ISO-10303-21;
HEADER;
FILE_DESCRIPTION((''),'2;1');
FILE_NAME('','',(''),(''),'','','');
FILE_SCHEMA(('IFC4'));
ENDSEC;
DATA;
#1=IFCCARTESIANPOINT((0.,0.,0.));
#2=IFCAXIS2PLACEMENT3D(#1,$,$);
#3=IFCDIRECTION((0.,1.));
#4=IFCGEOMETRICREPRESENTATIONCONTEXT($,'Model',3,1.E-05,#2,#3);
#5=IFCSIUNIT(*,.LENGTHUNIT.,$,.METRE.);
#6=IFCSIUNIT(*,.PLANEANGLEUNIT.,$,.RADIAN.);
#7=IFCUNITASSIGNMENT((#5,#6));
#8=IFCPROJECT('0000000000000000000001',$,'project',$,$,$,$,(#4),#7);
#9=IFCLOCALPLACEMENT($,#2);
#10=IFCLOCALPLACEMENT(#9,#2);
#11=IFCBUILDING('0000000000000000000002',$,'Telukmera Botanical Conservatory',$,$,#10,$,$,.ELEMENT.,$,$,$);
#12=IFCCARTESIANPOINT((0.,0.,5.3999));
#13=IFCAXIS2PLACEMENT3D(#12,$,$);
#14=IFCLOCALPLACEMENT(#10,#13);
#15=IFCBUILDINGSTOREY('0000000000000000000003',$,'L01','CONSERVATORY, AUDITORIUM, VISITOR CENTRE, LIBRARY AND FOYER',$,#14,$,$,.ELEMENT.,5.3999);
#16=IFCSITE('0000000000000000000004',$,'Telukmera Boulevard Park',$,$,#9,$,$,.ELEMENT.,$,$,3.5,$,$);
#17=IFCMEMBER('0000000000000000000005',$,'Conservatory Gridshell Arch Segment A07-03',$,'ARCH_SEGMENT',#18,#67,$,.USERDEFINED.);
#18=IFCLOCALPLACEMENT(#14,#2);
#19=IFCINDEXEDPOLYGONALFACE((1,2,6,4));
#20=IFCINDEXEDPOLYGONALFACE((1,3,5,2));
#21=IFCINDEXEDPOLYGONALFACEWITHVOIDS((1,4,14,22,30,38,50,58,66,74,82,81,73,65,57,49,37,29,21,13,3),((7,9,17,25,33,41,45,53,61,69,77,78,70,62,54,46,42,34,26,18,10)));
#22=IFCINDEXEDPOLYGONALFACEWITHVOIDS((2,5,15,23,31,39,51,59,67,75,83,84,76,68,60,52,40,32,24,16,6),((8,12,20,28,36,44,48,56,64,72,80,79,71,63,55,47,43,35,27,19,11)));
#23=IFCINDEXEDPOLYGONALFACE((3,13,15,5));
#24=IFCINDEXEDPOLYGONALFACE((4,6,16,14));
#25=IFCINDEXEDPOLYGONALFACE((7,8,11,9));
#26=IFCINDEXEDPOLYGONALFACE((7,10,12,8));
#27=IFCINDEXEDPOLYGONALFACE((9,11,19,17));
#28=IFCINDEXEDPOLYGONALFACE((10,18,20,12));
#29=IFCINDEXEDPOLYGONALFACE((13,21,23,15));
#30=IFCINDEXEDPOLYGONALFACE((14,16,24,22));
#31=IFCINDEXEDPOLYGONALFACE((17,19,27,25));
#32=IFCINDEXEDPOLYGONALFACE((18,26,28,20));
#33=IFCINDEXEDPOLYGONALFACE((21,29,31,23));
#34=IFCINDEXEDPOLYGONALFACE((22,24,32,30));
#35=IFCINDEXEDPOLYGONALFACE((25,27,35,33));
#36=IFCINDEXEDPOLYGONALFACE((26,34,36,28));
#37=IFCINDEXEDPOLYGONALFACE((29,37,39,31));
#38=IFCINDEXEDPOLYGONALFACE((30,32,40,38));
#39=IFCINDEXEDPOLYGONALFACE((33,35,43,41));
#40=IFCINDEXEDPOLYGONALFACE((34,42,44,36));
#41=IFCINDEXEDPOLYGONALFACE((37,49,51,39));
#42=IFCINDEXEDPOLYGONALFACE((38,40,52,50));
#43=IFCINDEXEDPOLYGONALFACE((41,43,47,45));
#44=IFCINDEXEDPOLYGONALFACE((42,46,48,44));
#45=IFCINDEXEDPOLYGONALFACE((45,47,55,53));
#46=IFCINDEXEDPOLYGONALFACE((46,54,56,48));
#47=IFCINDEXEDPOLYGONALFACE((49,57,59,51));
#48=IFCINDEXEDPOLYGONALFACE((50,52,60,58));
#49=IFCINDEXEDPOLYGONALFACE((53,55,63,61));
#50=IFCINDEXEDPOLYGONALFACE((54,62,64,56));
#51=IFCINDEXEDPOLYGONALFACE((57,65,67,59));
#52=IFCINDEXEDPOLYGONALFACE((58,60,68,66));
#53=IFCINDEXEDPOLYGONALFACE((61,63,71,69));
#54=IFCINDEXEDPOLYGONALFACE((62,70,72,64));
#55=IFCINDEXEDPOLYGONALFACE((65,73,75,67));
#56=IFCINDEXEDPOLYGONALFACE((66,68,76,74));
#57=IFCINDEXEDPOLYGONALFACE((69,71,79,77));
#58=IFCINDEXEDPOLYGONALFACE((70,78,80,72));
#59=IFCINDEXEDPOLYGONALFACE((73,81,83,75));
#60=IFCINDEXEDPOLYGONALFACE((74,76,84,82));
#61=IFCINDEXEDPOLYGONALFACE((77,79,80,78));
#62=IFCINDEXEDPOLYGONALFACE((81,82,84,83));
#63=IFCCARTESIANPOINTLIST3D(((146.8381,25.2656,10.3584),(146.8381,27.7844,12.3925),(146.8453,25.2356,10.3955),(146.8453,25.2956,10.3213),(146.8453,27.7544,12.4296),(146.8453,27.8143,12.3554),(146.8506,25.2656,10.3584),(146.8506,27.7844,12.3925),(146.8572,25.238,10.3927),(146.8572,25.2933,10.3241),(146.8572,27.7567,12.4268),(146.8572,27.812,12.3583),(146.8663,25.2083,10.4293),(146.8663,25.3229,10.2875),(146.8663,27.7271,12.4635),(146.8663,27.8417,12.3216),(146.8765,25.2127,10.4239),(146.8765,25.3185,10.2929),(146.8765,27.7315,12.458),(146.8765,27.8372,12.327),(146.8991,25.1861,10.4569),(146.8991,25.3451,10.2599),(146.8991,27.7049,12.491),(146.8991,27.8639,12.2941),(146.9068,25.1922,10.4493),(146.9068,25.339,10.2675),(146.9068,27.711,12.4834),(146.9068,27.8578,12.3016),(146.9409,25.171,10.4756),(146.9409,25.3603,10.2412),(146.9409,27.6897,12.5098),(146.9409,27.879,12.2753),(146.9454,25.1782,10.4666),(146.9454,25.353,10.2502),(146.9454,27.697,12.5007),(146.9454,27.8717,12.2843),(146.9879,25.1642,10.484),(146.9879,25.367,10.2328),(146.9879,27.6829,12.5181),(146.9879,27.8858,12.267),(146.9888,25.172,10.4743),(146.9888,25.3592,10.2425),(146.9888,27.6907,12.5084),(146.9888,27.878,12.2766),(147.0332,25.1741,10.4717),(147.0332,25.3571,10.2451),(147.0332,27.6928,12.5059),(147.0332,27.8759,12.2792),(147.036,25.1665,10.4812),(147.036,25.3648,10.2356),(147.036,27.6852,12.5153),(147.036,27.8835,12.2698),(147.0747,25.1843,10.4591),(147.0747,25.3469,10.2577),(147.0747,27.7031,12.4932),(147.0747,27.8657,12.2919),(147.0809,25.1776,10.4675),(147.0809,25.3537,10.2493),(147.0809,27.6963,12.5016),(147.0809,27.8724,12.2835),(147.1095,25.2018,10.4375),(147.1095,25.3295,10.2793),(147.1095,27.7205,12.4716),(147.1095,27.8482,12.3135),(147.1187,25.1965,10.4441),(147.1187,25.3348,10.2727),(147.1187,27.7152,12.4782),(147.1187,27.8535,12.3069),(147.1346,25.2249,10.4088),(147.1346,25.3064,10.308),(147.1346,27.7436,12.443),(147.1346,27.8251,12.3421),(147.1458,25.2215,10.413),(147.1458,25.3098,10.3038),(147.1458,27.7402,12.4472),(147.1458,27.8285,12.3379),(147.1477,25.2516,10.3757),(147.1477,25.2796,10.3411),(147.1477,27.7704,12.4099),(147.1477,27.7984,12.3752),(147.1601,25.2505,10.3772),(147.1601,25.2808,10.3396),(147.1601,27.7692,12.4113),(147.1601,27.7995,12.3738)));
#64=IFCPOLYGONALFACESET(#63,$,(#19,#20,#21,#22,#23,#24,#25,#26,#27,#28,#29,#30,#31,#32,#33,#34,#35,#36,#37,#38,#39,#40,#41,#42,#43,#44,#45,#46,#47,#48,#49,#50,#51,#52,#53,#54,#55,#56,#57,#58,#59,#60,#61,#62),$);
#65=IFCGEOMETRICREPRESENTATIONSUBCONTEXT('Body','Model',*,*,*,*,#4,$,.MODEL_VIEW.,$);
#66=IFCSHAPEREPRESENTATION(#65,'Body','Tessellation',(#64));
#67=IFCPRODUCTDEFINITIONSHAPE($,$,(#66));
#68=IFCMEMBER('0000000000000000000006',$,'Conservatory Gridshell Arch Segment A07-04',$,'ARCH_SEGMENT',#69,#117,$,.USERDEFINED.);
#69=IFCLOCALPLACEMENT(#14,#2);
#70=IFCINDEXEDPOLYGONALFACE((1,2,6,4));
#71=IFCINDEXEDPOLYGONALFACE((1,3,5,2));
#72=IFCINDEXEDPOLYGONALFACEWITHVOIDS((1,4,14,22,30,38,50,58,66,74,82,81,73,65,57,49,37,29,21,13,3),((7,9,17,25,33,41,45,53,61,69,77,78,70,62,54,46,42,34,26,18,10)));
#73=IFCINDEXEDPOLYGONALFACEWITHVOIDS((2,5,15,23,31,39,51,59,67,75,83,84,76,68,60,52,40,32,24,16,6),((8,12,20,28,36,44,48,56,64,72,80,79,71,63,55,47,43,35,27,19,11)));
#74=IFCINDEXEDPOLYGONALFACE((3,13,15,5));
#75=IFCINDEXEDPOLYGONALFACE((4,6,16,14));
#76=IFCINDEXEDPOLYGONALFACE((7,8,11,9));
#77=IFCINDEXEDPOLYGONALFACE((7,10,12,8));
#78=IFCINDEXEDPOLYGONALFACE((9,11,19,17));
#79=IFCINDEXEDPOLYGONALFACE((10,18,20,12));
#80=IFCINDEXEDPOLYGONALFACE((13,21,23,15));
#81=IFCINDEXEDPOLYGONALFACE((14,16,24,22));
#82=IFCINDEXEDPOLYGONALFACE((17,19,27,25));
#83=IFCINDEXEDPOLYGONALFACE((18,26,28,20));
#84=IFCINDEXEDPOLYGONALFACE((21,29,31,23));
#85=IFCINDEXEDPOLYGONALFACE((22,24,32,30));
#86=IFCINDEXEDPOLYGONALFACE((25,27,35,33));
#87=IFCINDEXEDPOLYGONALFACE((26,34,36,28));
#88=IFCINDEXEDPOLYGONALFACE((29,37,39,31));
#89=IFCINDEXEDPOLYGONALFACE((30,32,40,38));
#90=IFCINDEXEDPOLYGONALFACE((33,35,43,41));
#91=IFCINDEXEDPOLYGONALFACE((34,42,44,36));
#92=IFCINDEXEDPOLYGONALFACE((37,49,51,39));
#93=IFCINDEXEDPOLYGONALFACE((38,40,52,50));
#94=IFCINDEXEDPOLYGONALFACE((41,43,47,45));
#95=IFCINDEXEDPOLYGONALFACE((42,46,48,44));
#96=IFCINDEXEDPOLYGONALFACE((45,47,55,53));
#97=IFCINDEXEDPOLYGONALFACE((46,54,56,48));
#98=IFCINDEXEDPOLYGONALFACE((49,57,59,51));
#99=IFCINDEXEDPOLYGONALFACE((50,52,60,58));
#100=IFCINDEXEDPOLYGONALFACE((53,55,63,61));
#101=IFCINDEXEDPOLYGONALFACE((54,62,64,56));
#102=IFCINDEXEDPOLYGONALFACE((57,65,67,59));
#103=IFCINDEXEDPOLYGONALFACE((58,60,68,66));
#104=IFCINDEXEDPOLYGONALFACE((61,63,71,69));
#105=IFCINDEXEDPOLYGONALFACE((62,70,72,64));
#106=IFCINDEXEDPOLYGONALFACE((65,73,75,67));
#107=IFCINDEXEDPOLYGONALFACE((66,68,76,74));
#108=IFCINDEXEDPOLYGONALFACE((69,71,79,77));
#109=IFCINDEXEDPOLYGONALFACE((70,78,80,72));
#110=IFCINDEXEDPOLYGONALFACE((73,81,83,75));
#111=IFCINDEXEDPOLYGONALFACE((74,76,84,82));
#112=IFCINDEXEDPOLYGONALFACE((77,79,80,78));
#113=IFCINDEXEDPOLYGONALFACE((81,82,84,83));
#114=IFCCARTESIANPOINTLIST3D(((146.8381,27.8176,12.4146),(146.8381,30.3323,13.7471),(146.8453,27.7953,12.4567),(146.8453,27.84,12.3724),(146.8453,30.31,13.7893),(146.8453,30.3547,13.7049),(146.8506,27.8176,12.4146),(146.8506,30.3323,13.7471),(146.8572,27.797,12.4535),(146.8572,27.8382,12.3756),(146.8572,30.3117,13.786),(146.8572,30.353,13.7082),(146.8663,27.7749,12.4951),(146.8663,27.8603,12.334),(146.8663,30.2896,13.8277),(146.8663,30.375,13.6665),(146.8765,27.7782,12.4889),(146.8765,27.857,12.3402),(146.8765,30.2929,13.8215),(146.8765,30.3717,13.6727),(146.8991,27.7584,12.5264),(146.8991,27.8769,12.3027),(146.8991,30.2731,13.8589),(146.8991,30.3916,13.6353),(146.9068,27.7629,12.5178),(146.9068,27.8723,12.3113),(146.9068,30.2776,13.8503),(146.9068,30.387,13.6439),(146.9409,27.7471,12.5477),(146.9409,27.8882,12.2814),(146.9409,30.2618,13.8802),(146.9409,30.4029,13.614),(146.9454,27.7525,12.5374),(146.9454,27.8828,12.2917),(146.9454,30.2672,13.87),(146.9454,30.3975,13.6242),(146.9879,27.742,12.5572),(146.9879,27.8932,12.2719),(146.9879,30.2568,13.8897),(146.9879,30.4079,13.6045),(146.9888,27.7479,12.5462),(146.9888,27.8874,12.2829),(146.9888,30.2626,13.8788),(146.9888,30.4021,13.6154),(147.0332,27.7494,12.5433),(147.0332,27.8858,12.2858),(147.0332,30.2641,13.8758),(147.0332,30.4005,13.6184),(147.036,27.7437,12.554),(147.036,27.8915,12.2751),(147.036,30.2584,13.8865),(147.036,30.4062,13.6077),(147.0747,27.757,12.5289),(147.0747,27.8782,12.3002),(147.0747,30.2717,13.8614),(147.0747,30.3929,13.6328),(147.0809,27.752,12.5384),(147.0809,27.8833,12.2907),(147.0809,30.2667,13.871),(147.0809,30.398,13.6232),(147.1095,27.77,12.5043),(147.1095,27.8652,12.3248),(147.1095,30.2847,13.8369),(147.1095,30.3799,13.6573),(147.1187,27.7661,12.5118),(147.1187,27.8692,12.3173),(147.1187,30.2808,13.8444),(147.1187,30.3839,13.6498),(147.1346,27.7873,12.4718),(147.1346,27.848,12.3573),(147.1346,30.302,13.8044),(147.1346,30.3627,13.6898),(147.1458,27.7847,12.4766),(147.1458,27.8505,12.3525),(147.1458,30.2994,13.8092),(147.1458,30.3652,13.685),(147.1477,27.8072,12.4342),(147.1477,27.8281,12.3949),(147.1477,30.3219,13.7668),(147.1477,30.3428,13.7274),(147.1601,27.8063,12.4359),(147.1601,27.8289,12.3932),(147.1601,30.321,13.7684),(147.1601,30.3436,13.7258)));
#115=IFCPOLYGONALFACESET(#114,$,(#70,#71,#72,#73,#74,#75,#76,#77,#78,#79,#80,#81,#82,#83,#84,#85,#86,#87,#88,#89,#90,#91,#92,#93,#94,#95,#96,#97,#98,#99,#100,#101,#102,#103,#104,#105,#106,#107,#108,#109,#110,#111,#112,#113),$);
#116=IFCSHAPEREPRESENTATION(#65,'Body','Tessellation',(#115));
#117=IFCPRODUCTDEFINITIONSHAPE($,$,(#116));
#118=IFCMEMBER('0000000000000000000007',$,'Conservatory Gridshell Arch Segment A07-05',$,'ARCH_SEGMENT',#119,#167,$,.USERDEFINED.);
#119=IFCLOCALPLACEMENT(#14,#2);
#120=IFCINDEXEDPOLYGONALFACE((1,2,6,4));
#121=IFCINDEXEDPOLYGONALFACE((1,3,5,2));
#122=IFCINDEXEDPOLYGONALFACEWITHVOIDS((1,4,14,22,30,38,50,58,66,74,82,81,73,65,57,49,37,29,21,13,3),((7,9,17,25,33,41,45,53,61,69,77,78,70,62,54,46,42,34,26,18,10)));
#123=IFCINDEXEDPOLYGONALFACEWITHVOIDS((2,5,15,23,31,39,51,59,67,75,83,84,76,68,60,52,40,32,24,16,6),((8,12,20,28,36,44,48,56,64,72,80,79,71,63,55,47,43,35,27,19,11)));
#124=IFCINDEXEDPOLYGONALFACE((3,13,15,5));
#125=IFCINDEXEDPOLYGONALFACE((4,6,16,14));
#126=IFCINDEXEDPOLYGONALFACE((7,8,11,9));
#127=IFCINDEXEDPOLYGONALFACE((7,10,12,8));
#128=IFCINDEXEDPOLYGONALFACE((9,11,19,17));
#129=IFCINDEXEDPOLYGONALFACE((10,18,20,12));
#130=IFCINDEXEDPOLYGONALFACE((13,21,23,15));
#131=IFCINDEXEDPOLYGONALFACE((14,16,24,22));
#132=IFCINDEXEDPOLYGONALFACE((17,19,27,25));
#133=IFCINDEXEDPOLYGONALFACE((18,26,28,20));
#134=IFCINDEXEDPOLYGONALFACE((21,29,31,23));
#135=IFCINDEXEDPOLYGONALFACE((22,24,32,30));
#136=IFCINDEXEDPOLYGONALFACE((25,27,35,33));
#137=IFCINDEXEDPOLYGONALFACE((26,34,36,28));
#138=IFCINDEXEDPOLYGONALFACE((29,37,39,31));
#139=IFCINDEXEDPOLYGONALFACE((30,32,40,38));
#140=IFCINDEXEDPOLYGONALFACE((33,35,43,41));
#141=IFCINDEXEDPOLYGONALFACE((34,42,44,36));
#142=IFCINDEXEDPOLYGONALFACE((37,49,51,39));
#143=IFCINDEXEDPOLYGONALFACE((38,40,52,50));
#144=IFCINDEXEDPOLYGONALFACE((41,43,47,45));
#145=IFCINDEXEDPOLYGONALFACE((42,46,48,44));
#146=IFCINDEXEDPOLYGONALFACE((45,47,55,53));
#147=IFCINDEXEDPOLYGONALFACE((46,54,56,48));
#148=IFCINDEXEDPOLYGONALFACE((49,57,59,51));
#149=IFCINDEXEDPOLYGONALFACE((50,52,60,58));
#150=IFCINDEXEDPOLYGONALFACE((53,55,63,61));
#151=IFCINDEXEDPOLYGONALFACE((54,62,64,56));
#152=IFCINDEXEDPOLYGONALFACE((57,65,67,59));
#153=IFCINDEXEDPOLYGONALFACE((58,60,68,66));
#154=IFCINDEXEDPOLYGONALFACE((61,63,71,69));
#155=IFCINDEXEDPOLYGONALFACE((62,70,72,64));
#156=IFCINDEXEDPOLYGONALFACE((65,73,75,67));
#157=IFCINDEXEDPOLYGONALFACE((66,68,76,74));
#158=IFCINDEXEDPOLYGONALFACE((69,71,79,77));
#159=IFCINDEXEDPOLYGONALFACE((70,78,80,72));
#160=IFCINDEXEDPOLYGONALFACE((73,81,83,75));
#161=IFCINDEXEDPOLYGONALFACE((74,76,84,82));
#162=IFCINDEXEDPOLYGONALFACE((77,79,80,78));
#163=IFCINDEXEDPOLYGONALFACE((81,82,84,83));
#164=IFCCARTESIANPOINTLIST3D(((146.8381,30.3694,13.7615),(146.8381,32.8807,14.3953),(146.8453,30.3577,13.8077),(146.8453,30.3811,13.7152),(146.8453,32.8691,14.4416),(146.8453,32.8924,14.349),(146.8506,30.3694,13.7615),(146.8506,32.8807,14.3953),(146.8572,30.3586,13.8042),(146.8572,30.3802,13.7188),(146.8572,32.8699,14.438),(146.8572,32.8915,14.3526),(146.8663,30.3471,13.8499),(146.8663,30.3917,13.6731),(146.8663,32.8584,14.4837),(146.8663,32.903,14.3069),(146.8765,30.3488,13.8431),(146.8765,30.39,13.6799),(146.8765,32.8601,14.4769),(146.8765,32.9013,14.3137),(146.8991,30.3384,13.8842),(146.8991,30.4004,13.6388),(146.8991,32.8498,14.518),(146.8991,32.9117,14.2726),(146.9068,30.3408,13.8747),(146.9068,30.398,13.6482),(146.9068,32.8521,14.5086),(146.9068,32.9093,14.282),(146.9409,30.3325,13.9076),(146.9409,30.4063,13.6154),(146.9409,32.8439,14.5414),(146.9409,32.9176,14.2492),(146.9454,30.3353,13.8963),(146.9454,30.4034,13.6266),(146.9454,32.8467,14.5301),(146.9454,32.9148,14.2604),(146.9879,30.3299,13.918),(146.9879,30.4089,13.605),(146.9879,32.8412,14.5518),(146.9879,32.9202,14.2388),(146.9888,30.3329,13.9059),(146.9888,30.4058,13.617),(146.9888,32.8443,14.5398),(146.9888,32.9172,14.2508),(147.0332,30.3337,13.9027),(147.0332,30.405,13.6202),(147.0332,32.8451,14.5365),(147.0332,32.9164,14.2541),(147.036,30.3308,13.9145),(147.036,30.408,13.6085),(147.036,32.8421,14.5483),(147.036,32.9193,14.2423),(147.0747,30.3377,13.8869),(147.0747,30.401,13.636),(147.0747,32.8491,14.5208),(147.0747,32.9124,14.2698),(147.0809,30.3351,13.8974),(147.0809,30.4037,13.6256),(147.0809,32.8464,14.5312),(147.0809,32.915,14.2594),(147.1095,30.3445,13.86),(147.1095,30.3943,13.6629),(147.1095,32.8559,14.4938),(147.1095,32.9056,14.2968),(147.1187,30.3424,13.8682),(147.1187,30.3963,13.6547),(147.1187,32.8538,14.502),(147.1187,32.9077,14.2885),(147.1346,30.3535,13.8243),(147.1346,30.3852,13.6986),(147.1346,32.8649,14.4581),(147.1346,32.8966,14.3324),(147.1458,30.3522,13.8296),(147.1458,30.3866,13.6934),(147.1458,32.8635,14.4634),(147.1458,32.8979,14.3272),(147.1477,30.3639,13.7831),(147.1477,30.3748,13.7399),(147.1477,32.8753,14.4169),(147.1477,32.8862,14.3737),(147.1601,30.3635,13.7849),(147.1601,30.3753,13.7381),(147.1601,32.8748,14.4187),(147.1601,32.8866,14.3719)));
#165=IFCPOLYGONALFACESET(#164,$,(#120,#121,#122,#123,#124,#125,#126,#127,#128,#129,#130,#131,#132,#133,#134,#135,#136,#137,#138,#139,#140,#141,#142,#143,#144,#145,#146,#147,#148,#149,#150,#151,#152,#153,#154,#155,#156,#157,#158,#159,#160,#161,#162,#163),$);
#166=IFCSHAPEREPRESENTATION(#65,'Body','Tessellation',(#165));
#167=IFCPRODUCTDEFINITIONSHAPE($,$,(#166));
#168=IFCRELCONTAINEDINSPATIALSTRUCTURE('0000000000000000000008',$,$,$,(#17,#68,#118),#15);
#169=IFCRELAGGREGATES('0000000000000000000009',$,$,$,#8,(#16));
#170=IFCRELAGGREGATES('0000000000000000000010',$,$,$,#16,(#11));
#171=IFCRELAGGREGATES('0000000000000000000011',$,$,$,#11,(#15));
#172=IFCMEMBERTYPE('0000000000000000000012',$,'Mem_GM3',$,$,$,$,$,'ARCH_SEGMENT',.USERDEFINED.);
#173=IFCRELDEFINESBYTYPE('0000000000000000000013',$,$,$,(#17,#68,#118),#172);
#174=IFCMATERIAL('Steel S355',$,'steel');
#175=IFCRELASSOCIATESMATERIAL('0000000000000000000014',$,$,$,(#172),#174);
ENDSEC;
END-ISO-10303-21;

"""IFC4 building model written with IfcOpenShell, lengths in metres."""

from ifc_helpers import new_model, si_unit, direction, frame, origin, origin_2d, place, context, subcontext, project, spatial, hollow_circle, extrude, material, material_profile, profile_set, type_object, element, save


model = new_model("IFC4")

# Units and contexts
model_context = context("Model", 3, precision=1e-05, world=origin(), true_north=direction((0.0, 1.0)))
body_context = subcontext(model_context, "Body", "Model", "MODEL_VIEW")
ifc_project = project(units=[si_unit("LENGTHUNIT", "METRE"), si_unit("PLANEANGLEUNIT", "RADIAN")], contexts=[model_context])

# Site, building, storey
site_placement = place(None, origin())
site = spatial("IfcSite", under=ifc_project, at=site_placement, Name="Telukmera Boulevard Park", CompositionType="ELEMENT", RefElevation=3.5)
building_placement = place(site_placement, origin())
building = spatial("IfcBuilding", under=site, at=building_placement, Name="Telukmera Botanical Conservatory", CompositionType="ELEMENT")
storey_placement = place(building_placement, frame((0.0, 0.0, 5.3999)))
storey = spatial("IfcBuildingStorey", under=building, at=storey_placement, Name="L01", Description="CONSERVATORY, AUDITORIUM, VISITOR CENTRE, LIBRARY AND FOYER", CompositionType="ELEMENT", Elevation=5.3999)

# Shared definitions
ifc_material = material(Name="Steel S355", Category="steel")

# Members
ifc_material_profile_1 = material_profile(ifc_material, hollow_circle(Radius=0.1619, WallThickness=0.0125, at=origin_2d()), Name="CHS 323.9x12.5")
ifc_profile_set_1 = profile_set([ifc_material_profile_1], Name="Steel S355")
member_type_1 = type_object("IfcMemberType", Name="Mem_GM3", ElementType="ARCH_SEGMENT", PredefinedType="USERDEFINED", material=ifc_profile_set_1)
member_1_placement = place(storey_placement, frame((147.0, 25.2656, 10.3584), z_axis=(0.0, 0.777977, 0.628293), x_axis=(-1.0, 0.0, 0.0)))
element("IfcMember", 1, at=member_1_placement, inside=storey, type_object=member_type_1, Name="Conservatory Gridshell Arch Segment A07-03", ObjectType="ARCH_SEGMENT", PredefinedType="USERDEFINED", context=body_context, shape_type="SweptSolid", body=[
    extrude(hollow_circle(Radius=0.1619, WallThickness=0.0125, at=origin_2d()), origin(), (0.0, 0.0, 1.0), 3.2375),
])
member_2_placement = place(storey_placement, frame((147.0, 27.8176, 12.4146), z_axis=(0.0, 0.883608, 0.468227), x_axis=(-1.0, 0.0, 0.0)))
element("IfcMember", 2, at=member_2_placement, inside=storey, type_object=member_type_1, Name="Conservatory Gridshell Arch Segment A07-04", ObjectType="ARCH_SEGMENT", PredefinedType="USERDEFINED", context=body_context, shape_type="SweptSolid", body=[
    extrude(hollow_circle(Radius=0.1619, WallThickness=0.0125, at=origin_2d()), origin(), (0.0, 0.0, 1.0), 2.8459),
])
member_3_placement = place(storey_placement, frame((147.0, 30.3694, 13.7615), z_axis=(0.0, 0.969597, 0.244709), x_axis=(-1.0, 0.0, 0.0)))
element("IfcMember", 3, at=member_3_placement, inside=storey, type_object=member_type_1, Name="Conservatory Gridshell Arch Segment A07-05", ObjectType="ARCH_SEGMENT", PredefinedType="USERDEFINED", context=body_context, shape_type="SweptSolid", body=[
    extrude(hollow_circle(Radius=0.1619, WallThickness=0.0125, at=origin_2d()), origin(), (0.0, 0.0, 1.0), 2.5901),
])

save(model, "model.ifc")
